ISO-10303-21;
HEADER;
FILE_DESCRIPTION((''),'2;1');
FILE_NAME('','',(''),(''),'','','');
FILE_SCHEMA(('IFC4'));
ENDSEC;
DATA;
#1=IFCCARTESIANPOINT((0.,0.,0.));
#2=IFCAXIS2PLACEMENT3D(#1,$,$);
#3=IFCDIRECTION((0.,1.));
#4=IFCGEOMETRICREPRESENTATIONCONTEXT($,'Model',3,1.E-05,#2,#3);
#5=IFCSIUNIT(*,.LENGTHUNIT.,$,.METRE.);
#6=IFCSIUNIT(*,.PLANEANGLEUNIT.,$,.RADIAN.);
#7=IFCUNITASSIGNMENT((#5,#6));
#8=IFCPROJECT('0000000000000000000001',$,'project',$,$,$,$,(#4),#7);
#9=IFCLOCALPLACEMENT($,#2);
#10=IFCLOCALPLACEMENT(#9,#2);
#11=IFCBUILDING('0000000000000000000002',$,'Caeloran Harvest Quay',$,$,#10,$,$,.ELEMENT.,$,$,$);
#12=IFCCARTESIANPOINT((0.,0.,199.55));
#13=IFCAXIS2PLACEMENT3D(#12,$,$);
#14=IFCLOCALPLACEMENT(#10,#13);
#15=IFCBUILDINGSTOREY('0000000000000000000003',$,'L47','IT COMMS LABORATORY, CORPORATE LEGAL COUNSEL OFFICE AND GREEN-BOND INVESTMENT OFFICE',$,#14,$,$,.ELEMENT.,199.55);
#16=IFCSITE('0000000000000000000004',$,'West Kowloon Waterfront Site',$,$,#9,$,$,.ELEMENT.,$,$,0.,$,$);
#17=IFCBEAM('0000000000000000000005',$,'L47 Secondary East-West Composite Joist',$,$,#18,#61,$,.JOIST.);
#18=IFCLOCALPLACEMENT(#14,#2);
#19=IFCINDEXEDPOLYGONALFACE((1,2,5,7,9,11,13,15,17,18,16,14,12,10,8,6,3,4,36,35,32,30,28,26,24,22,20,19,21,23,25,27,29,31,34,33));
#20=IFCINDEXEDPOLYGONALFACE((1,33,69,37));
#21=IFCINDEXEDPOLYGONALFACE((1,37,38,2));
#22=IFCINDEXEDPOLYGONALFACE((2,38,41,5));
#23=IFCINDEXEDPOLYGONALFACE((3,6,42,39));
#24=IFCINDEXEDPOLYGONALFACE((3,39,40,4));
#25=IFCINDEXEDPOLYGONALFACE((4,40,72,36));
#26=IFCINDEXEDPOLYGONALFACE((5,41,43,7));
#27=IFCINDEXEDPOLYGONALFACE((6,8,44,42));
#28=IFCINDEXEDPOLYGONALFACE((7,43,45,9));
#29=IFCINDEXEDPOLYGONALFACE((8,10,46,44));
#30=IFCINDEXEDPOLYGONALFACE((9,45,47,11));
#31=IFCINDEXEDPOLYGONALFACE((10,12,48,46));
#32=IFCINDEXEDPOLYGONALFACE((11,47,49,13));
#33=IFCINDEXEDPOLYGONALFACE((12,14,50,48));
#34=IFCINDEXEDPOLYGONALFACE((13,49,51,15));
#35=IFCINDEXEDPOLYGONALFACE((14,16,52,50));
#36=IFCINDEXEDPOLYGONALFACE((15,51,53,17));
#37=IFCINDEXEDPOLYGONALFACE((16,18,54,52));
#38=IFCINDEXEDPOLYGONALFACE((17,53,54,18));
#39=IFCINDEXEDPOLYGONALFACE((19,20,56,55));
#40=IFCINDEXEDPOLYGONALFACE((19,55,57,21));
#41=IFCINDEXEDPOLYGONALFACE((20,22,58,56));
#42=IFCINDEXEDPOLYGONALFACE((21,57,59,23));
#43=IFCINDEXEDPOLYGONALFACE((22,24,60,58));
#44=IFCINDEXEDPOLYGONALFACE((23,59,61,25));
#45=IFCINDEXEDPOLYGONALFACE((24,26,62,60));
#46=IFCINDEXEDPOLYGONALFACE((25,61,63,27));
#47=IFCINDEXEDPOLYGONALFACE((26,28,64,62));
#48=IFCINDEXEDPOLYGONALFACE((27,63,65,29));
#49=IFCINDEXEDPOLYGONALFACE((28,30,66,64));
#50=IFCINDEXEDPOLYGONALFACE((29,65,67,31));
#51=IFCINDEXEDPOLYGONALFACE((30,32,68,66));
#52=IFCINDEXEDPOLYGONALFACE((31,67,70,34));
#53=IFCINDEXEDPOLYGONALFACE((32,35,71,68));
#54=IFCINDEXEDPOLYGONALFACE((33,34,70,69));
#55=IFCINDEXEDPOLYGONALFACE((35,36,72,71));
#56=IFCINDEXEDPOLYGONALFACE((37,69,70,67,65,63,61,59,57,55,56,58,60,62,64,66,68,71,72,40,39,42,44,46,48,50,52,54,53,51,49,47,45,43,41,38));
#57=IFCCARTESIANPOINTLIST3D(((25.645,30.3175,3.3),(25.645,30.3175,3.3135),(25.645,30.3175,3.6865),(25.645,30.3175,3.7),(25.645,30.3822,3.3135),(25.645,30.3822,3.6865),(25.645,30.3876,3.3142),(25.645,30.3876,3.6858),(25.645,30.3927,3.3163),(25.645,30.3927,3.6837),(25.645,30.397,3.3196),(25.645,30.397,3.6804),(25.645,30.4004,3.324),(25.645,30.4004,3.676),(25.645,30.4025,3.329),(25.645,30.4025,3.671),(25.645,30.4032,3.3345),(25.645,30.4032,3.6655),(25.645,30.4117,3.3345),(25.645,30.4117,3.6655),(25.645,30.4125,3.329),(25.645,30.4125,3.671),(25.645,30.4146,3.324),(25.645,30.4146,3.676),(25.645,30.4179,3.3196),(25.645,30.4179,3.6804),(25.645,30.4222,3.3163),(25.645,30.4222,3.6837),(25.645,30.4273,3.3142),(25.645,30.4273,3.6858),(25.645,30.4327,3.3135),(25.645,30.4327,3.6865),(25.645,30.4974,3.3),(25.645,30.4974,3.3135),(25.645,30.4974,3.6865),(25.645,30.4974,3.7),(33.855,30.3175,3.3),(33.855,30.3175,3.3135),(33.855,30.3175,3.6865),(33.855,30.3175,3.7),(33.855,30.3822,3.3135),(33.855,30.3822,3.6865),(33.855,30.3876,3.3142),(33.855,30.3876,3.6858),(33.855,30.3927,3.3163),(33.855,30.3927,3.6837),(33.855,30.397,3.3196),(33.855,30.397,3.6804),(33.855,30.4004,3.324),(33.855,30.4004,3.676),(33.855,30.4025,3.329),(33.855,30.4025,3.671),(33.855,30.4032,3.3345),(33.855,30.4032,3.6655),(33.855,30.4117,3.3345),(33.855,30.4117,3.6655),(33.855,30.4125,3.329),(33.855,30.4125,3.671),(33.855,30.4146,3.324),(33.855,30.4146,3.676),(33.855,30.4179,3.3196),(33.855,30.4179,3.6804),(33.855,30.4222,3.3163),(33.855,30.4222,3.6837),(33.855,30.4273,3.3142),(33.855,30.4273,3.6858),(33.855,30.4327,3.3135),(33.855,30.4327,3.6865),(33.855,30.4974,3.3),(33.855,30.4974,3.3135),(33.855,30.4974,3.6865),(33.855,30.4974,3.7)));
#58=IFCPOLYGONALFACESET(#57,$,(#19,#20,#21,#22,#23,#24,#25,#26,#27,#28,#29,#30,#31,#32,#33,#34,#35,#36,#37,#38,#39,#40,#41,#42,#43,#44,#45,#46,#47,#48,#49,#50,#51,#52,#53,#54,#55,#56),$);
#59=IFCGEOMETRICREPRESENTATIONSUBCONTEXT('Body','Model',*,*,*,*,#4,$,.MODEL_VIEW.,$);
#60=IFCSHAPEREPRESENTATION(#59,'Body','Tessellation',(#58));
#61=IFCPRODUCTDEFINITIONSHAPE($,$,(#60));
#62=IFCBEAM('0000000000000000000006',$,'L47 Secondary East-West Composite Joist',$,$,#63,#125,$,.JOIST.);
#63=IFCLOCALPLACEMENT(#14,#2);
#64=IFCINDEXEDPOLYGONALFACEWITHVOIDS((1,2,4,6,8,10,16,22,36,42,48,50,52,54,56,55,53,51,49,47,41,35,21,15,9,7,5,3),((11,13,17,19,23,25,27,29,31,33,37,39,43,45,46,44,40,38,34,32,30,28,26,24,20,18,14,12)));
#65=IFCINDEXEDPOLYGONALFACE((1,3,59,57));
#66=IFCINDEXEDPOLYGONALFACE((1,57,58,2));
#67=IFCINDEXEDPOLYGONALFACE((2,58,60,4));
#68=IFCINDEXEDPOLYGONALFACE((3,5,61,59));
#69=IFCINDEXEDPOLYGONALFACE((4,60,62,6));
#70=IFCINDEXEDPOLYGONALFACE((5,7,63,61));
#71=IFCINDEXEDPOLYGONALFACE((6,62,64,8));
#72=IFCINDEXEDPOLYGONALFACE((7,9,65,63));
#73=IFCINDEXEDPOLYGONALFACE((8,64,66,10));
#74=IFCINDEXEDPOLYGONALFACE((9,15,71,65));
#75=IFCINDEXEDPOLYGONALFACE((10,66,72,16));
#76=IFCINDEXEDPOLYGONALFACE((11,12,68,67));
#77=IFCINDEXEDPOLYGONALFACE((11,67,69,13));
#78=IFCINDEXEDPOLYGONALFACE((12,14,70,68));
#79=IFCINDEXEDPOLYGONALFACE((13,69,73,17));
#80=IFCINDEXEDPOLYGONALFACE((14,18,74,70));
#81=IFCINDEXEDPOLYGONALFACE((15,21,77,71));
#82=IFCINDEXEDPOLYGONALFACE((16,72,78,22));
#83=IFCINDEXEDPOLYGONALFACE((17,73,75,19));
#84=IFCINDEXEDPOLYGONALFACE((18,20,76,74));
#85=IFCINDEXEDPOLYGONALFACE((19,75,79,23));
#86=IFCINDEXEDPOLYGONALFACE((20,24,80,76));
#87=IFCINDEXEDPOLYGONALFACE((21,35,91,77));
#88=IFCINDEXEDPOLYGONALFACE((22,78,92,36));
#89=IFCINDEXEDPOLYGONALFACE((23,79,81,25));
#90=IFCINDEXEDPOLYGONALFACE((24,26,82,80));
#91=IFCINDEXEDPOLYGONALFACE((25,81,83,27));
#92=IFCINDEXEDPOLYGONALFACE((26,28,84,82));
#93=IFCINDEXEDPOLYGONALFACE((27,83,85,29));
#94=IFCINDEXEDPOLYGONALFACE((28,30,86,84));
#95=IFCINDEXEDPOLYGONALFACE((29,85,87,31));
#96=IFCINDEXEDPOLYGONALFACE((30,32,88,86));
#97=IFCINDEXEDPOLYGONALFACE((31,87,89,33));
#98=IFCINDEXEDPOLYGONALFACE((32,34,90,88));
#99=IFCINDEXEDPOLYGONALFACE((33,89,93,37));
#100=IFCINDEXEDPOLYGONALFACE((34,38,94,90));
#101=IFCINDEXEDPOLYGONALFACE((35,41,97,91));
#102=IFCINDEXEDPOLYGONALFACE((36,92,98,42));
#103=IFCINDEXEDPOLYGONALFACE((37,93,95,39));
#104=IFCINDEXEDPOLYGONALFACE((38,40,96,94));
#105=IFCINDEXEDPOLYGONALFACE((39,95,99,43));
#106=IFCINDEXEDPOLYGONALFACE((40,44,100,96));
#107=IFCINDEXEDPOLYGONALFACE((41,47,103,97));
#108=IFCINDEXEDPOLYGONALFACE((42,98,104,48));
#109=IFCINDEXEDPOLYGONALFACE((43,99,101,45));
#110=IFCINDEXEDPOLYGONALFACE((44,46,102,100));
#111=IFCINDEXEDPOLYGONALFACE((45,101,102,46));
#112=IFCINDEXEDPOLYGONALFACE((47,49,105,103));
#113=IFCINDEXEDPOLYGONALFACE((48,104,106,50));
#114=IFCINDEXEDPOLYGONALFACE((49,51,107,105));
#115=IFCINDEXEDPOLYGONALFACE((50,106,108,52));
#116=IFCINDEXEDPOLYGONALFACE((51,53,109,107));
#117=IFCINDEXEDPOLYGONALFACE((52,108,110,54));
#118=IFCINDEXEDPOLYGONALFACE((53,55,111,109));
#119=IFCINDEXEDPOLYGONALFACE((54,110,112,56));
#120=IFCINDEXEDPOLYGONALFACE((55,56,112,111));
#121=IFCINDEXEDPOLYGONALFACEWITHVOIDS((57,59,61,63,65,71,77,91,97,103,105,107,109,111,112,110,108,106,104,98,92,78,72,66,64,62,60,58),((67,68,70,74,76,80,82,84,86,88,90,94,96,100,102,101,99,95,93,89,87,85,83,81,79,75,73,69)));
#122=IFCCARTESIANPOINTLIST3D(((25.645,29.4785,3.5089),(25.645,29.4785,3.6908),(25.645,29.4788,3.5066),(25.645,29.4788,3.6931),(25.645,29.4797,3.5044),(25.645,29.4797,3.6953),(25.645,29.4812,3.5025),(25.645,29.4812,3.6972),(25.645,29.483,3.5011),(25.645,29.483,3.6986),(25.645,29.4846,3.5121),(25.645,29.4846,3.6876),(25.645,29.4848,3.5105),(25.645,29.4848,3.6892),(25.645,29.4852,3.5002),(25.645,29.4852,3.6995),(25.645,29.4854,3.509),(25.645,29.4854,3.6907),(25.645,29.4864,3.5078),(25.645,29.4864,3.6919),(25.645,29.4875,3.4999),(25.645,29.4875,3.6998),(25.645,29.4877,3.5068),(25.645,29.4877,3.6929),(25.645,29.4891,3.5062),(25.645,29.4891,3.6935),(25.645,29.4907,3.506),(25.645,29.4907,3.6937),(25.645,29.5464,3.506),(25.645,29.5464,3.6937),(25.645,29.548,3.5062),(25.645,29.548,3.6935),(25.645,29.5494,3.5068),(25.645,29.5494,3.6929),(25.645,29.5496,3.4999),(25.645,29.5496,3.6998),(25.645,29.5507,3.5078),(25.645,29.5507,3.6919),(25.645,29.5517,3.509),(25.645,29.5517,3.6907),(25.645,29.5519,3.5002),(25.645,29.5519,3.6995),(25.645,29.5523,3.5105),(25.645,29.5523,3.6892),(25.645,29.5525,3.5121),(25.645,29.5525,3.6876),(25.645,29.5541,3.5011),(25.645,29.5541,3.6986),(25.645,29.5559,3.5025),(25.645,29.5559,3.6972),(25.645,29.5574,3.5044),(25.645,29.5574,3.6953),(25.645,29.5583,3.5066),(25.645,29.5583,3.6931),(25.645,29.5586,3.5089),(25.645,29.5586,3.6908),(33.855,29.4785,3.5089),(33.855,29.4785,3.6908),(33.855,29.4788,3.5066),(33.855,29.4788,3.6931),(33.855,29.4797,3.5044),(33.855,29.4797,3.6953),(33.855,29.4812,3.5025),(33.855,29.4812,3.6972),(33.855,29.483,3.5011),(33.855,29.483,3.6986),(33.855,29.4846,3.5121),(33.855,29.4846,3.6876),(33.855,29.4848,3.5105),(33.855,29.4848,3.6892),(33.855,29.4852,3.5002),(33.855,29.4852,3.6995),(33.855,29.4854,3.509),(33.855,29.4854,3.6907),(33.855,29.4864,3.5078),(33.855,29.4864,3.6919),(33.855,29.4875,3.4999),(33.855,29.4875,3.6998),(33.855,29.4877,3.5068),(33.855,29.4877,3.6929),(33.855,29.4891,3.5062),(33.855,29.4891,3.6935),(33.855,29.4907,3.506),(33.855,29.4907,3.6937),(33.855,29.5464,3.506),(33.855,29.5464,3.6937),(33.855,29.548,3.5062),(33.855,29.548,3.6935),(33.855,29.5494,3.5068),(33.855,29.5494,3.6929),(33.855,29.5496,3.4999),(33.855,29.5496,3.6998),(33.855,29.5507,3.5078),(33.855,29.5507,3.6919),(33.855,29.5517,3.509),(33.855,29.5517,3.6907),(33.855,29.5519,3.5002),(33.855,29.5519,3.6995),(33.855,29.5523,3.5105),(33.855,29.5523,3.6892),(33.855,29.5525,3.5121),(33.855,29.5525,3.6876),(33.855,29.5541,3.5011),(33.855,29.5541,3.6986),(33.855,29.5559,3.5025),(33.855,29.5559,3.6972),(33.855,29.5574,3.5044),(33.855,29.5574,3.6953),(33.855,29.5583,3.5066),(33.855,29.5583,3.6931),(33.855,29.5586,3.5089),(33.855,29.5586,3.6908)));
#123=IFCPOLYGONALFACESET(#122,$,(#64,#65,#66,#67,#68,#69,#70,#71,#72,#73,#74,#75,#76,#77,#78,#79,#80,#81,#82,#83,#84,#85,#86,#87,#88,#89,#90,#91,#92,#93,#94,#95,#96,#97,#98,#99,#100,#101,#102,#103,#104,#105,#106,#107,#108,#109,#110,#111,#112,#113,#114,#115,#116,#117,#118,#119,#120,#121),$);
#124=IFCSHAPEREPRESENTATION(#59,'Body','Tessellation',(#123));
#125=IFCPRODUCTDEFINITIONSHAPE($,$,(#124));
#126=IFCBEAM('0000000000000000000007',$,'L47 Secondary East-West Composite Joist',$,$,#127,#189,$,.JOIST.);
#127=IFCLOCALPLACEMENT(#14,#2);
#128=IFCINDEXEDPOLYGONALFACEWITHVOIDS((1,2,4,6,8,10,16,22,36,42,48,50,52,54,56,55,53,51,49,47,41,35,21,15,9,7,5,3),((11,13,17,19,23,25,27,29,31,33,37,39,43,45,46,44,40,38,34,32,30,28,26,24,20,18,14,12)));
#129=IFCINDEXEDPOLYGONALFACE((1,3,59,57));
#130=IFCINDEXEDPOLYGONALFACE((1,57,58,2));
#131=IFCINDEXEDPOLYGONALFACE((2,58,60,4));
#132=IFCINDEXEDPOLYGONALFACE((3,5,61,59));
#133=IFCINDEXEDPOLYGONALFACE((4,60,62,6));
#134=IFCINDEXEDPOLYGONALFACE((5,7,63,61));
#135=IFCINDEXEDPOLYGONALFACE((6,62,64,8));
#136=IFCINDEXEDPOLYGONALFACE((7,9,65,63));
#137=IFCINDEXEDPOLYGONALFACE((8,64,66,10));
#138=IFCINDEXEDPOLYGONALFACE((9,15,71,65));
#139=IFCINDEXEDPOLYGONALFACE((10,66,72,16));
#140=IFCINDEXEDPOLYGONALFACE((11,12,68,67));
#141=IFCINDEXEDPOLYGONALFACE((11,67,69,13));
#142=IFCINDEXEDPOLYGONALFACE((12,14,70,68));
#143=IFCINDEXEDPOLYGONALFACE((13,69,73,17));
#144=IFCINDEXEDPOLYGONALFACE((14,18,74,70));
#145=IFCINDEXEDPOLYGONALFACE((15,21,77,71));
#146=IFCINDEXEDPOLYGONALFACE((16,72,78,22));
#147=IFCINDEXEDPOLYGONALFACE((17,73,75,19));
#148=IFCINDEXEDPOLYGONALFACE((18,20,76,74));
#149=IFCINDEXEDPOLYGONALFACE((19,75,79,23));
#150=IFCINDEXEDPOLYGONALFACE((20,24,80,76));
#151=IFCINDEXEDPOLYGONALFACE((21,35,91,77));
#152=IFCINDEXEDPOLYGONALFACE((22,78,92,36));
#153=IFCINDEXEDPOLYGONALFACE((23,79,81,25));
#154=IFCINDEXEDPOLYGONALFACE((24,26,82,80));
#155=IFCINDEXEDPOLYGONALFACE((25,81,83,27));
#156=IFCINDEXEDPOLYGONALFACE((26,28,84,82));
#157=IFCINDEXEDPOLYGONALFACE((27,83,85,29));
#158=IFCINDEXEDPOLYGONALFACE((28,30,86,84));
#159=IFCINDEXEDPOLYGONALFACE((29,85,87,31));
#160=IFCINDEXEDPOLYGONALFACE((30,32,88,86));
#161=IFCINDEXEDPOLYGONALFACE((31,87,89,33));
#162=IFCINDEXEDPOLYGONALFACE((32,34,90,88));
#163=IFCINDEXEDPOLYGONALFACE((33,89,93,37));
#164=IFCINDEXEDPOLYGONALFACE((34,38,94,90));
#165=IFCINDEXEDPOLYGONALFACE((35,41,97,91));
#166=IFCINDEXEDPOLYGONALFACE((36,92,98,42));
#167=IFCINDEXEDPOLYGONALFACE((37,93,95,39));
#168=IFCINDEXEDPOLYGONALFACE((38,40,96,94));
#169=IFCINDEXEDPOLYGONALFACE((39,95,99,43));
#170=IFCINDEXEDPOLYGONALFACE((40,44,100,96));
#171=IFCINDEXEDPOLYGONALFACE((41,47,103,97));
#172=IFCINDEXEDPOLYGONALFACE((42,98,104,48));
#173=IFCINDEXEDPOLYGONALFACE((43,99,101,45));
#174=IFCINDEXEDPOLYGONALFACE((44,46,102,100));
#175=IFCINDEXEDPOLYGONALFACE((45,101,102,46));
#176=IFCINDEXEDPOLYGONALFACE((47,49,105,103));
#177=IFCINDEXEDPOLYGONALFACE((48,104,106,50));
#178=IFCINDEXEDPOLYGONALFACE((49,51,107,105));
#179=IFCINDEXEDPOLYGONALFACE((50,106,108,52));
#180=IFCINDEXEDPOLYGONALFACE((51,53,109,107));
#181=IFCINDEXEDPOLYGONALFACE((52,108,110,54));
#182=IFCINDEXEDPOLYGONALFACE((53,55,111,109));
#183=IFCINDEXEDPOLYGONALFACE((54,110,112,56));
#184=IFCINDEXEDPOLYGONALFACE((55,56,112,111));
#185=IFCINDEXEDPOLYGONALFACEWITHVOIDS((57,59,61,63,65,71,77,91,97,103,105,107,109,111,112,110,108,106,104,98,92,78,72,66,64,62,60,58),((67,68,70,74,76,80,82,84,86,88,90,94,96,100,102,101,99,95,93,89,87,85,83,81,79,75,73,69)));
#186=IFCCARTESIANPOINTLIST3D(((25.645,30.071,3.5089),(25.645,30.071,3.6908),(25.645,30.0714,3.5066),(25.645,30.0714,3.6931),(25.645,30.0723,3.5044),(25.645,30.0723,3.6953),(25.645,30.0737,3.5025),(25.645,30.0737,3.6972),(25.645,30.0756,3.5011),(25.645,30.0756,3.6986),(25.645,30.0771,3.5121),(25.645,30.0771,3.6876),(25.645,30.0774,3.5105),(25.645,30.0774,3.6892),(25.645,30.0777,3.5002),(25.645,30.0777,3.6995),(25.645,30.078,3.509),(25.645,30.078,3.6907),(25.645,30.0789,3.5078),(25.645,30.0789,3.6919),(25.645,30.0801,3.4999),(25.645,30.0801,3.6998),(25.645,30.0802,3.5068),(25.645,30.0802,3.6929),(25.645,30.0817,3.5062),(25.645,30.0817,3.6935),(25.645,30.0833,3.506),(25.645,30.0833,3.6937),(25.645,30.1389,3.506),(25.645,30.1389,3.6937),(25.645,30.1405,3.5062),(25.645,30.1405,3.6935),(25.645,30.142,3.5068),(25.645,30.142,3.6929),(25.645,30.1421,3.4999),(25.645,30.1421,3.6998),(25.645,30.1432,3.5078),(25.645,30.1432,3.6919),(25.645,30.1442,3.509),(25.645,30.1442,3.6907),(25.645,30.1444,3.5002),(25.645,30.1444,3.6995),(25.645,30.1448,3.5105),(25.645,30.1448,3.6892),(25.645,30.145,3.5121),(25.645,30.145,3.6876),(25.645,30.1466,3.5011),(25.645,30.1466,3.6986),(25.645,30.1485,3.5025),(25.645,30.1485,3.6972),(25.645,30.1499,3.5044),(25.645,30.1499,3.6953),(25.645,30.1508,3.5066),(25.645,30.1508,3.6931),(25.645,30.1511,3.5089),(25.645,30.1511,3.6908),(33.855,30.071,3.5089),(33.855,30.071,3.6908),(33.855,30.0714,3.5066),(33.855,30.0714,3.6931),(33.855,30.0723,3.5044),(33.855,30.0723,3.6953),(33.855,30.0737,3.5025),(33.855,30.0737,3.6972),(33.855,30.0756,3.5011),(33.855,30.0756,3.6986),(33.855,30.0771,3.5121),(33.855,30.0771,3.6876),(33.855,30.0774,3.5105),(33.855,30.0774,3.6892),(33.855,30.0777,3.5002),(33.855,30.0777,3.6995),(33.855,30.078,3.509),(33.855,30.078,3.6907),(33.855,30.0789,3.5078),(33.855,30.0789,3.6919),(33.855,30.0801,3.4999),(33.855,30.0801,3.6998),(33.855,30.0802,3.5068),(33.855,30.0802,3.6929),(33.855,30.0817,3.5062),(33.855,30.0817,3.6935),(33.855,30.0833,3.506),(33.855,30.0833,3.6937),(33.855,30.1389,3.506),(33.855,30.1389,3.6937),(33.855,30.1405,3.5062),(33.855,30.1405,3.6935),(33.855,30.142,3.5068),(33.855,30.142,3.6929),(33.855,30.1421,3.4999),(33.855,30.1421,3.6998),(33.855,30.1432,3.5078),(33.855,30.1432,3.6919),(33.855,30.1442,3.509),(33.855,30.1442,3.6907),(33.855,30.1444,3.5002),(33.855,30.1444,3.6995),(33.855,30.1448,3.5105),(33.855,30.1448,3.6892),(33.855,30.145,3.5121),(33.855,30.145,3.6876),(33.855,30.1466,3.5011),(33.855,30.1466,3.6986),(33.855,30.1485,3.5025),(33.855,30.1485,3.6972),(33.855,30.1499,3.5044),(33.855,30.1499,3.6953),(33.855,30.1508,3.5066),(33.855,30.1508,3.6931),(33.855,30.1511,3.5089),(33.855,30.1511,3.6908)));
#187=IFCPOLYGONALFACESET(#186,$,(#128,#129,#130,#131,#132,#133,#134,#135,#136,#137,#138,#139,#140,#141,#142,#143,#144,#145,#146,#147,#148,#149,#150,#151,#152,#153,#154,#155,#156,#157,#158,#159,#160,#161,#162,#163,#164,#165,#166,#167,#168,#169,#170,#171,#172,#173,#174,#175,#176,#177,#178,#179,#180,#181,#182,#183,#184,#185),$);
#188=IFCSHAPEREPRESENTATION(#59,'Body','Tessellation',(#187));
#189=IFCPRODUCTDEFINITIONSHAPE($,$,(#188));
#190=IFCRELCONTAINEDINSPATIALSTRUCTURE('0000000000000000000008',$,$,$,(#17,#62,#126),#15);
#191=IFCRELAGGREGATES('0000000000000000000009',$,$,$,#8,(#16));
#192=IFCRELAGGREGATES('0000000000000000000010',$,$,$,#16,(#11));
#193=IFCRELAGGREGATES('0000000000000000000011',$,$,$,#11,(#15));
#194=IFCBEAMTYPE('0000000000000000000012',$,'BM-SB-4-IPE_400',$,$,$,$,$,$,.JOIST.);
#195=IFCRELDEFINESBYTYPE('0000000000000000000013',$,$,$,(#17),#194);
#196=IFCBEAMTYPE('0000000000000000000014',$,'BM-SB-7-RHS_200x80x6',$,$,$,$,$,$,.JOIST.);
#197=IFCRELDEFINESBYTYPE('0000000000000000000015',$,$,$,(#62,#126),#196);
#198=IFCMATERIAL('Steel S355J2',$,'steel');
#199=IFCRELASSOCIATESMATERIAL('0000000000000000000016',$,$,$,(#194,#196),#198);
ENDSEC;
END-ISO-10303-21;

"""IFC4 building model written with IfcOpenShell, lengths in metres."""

from ifc_helpers import new_model, si_unit, direction, frame, origin, origin_2d, place, context, subcontext, project, spatial, hollow_rectangle, i_section, extrude, material, material_profile, profile_set, type_object, element, save


model = new_model("IFC4")

# Units and contexts
model_context = context("Model", 3, precision=1e-05, world=origin(), true_north=direction((0.0, 1.0)))
body_context = subcontext(model_context, "Body", "Model", "MODEL_VIEW")
ifc_project = project(units=[si_unit("LENGTHUNIT", "METRE"), si_unit("PLANEANGLEUNIT", "RADIAN")], contexts=[model_context])

# Site, building, storey
site_placement = place(None, origin())
site = spatial("IfcSite", under=ifc_project, at=site_placement, Name="West Kowloon Waterfront Site", CompositionType="ELEMENT", RefElevation=0.0)
building_placement = place(site_placement, origin())
building = spatial("IfcBuilding", under=site, at=building_placement, Name="Caeloran Harvest Quay", CompositionType="ELEMENT")
storey_placement = place(building_placement, frame((0.0, 0.0, 199.55)))
storey = spatial("IfcBuildingStorey", under=building, at=storey_placement, Name="L47", Description="IT COMMS LABORATORY, CORPORATE LEGAL COUNSEL OFFICE AND GREEN-BOND INVESTMENT OFFICE", CompositionType="ELEMENT", Elevation=199.55)

# Beams
ifc_material_1 = material(Name="Steel S355J2", Category="steel")
ifc_material_profile_1 = material_profile(ifc_material_1, i_section(OverallWidth=0.1799, OverallDepth=0.3999, WebThickness=0.0085, FlangeThickness=0.0134, FilletRadius=0.021, at=origin_2d()), Name="IPE 400")
ifc_profile_set_1 = profile_set([ifc_material_profile_1], Name="Steel S355J2")
beam_type_1 = type_object("IfcBeamType", Name="BM-SB-4-IPE_400", PredefinedType="JOIST", material=ifc_profile_set_1)
for number, where, z_axis, x_axis, name in (
    (1, (25.645, 30.4075, 3.5), (1.0, 0.0, 0.0), (0.0, 1.0, 0.0), "L47 Secondary East-West Composite Joist"),
):
    element("IfcBeam", number, at=place(storey_placement, frame(where, z_axis=z_axis, x_axis=x_axis)), inside=storey, type_object=beam_type_1, Name=name, PredefinedType="JOIST", context=body_context, shape_type="SweptSolid", body=[
        extrude(i_section(OverallWidth=0.1799, OverallDepth=0.3999, WebThickness=0.0085, FlangeThickness=0.0134, FilletRadius=0.021, at=origin_2d()), origin(), (0.0, 0.0, 1.0), 8.21),
    ])
ifc_material_profile_2 = material_profile(ifc_material_1, hollow_rectangle(XDim=0.0801, YDim=0.2, WallThickness=0.0061, InnerFilletRadius=0.0061, OuterFilletRadius=0.009, at=origin_2d()), Name="RHS 200x80x6")
ifc_profile_set_2 = profile_set([ifc_material_profile_2], Name="Steel S355J2")
beam_type_2 = type_object("IfcBeamType", Name="BM-SB-7-RHS_200x80x6", PredefinedType="JOIST", material=ifc_profile_set_2)
for number, where, z_axis, x_axis, name in (
    (2, (25.645, 29.5186, 3.5999), (1.0, 0.0, 0.0), (0.0, 1.0, 0.0), "L47 Secondary East-West Composite Joist"),
    (3, (25.645, 30.1111, 3.5999), (1.0, 0.0, 0.0), (0.0, 1.0, 0.0), "L47 Secondary East-West Composite Joist"),
):
    element("IfcBeam", number, at=place(storey_placement, frame(where, z_axis=z_axis, x_axis=x_axis)), inside=storey, type_object=beam_type_2, Name=name, PredefinedType="JOIST", context=body_context, shape_type="SweptSolid", body=[
        extrude(hollow_rectangle(XDim=0.0801, YDim=0.2, WallThickness=0.0061, InnerFilletRadius=0.0061, OuterFilletRadius=0.009, at=origin_2d()), origin(), (0.0, 0.0, 1.0), 8.21),
    ])

save(model, "model.ifc")
